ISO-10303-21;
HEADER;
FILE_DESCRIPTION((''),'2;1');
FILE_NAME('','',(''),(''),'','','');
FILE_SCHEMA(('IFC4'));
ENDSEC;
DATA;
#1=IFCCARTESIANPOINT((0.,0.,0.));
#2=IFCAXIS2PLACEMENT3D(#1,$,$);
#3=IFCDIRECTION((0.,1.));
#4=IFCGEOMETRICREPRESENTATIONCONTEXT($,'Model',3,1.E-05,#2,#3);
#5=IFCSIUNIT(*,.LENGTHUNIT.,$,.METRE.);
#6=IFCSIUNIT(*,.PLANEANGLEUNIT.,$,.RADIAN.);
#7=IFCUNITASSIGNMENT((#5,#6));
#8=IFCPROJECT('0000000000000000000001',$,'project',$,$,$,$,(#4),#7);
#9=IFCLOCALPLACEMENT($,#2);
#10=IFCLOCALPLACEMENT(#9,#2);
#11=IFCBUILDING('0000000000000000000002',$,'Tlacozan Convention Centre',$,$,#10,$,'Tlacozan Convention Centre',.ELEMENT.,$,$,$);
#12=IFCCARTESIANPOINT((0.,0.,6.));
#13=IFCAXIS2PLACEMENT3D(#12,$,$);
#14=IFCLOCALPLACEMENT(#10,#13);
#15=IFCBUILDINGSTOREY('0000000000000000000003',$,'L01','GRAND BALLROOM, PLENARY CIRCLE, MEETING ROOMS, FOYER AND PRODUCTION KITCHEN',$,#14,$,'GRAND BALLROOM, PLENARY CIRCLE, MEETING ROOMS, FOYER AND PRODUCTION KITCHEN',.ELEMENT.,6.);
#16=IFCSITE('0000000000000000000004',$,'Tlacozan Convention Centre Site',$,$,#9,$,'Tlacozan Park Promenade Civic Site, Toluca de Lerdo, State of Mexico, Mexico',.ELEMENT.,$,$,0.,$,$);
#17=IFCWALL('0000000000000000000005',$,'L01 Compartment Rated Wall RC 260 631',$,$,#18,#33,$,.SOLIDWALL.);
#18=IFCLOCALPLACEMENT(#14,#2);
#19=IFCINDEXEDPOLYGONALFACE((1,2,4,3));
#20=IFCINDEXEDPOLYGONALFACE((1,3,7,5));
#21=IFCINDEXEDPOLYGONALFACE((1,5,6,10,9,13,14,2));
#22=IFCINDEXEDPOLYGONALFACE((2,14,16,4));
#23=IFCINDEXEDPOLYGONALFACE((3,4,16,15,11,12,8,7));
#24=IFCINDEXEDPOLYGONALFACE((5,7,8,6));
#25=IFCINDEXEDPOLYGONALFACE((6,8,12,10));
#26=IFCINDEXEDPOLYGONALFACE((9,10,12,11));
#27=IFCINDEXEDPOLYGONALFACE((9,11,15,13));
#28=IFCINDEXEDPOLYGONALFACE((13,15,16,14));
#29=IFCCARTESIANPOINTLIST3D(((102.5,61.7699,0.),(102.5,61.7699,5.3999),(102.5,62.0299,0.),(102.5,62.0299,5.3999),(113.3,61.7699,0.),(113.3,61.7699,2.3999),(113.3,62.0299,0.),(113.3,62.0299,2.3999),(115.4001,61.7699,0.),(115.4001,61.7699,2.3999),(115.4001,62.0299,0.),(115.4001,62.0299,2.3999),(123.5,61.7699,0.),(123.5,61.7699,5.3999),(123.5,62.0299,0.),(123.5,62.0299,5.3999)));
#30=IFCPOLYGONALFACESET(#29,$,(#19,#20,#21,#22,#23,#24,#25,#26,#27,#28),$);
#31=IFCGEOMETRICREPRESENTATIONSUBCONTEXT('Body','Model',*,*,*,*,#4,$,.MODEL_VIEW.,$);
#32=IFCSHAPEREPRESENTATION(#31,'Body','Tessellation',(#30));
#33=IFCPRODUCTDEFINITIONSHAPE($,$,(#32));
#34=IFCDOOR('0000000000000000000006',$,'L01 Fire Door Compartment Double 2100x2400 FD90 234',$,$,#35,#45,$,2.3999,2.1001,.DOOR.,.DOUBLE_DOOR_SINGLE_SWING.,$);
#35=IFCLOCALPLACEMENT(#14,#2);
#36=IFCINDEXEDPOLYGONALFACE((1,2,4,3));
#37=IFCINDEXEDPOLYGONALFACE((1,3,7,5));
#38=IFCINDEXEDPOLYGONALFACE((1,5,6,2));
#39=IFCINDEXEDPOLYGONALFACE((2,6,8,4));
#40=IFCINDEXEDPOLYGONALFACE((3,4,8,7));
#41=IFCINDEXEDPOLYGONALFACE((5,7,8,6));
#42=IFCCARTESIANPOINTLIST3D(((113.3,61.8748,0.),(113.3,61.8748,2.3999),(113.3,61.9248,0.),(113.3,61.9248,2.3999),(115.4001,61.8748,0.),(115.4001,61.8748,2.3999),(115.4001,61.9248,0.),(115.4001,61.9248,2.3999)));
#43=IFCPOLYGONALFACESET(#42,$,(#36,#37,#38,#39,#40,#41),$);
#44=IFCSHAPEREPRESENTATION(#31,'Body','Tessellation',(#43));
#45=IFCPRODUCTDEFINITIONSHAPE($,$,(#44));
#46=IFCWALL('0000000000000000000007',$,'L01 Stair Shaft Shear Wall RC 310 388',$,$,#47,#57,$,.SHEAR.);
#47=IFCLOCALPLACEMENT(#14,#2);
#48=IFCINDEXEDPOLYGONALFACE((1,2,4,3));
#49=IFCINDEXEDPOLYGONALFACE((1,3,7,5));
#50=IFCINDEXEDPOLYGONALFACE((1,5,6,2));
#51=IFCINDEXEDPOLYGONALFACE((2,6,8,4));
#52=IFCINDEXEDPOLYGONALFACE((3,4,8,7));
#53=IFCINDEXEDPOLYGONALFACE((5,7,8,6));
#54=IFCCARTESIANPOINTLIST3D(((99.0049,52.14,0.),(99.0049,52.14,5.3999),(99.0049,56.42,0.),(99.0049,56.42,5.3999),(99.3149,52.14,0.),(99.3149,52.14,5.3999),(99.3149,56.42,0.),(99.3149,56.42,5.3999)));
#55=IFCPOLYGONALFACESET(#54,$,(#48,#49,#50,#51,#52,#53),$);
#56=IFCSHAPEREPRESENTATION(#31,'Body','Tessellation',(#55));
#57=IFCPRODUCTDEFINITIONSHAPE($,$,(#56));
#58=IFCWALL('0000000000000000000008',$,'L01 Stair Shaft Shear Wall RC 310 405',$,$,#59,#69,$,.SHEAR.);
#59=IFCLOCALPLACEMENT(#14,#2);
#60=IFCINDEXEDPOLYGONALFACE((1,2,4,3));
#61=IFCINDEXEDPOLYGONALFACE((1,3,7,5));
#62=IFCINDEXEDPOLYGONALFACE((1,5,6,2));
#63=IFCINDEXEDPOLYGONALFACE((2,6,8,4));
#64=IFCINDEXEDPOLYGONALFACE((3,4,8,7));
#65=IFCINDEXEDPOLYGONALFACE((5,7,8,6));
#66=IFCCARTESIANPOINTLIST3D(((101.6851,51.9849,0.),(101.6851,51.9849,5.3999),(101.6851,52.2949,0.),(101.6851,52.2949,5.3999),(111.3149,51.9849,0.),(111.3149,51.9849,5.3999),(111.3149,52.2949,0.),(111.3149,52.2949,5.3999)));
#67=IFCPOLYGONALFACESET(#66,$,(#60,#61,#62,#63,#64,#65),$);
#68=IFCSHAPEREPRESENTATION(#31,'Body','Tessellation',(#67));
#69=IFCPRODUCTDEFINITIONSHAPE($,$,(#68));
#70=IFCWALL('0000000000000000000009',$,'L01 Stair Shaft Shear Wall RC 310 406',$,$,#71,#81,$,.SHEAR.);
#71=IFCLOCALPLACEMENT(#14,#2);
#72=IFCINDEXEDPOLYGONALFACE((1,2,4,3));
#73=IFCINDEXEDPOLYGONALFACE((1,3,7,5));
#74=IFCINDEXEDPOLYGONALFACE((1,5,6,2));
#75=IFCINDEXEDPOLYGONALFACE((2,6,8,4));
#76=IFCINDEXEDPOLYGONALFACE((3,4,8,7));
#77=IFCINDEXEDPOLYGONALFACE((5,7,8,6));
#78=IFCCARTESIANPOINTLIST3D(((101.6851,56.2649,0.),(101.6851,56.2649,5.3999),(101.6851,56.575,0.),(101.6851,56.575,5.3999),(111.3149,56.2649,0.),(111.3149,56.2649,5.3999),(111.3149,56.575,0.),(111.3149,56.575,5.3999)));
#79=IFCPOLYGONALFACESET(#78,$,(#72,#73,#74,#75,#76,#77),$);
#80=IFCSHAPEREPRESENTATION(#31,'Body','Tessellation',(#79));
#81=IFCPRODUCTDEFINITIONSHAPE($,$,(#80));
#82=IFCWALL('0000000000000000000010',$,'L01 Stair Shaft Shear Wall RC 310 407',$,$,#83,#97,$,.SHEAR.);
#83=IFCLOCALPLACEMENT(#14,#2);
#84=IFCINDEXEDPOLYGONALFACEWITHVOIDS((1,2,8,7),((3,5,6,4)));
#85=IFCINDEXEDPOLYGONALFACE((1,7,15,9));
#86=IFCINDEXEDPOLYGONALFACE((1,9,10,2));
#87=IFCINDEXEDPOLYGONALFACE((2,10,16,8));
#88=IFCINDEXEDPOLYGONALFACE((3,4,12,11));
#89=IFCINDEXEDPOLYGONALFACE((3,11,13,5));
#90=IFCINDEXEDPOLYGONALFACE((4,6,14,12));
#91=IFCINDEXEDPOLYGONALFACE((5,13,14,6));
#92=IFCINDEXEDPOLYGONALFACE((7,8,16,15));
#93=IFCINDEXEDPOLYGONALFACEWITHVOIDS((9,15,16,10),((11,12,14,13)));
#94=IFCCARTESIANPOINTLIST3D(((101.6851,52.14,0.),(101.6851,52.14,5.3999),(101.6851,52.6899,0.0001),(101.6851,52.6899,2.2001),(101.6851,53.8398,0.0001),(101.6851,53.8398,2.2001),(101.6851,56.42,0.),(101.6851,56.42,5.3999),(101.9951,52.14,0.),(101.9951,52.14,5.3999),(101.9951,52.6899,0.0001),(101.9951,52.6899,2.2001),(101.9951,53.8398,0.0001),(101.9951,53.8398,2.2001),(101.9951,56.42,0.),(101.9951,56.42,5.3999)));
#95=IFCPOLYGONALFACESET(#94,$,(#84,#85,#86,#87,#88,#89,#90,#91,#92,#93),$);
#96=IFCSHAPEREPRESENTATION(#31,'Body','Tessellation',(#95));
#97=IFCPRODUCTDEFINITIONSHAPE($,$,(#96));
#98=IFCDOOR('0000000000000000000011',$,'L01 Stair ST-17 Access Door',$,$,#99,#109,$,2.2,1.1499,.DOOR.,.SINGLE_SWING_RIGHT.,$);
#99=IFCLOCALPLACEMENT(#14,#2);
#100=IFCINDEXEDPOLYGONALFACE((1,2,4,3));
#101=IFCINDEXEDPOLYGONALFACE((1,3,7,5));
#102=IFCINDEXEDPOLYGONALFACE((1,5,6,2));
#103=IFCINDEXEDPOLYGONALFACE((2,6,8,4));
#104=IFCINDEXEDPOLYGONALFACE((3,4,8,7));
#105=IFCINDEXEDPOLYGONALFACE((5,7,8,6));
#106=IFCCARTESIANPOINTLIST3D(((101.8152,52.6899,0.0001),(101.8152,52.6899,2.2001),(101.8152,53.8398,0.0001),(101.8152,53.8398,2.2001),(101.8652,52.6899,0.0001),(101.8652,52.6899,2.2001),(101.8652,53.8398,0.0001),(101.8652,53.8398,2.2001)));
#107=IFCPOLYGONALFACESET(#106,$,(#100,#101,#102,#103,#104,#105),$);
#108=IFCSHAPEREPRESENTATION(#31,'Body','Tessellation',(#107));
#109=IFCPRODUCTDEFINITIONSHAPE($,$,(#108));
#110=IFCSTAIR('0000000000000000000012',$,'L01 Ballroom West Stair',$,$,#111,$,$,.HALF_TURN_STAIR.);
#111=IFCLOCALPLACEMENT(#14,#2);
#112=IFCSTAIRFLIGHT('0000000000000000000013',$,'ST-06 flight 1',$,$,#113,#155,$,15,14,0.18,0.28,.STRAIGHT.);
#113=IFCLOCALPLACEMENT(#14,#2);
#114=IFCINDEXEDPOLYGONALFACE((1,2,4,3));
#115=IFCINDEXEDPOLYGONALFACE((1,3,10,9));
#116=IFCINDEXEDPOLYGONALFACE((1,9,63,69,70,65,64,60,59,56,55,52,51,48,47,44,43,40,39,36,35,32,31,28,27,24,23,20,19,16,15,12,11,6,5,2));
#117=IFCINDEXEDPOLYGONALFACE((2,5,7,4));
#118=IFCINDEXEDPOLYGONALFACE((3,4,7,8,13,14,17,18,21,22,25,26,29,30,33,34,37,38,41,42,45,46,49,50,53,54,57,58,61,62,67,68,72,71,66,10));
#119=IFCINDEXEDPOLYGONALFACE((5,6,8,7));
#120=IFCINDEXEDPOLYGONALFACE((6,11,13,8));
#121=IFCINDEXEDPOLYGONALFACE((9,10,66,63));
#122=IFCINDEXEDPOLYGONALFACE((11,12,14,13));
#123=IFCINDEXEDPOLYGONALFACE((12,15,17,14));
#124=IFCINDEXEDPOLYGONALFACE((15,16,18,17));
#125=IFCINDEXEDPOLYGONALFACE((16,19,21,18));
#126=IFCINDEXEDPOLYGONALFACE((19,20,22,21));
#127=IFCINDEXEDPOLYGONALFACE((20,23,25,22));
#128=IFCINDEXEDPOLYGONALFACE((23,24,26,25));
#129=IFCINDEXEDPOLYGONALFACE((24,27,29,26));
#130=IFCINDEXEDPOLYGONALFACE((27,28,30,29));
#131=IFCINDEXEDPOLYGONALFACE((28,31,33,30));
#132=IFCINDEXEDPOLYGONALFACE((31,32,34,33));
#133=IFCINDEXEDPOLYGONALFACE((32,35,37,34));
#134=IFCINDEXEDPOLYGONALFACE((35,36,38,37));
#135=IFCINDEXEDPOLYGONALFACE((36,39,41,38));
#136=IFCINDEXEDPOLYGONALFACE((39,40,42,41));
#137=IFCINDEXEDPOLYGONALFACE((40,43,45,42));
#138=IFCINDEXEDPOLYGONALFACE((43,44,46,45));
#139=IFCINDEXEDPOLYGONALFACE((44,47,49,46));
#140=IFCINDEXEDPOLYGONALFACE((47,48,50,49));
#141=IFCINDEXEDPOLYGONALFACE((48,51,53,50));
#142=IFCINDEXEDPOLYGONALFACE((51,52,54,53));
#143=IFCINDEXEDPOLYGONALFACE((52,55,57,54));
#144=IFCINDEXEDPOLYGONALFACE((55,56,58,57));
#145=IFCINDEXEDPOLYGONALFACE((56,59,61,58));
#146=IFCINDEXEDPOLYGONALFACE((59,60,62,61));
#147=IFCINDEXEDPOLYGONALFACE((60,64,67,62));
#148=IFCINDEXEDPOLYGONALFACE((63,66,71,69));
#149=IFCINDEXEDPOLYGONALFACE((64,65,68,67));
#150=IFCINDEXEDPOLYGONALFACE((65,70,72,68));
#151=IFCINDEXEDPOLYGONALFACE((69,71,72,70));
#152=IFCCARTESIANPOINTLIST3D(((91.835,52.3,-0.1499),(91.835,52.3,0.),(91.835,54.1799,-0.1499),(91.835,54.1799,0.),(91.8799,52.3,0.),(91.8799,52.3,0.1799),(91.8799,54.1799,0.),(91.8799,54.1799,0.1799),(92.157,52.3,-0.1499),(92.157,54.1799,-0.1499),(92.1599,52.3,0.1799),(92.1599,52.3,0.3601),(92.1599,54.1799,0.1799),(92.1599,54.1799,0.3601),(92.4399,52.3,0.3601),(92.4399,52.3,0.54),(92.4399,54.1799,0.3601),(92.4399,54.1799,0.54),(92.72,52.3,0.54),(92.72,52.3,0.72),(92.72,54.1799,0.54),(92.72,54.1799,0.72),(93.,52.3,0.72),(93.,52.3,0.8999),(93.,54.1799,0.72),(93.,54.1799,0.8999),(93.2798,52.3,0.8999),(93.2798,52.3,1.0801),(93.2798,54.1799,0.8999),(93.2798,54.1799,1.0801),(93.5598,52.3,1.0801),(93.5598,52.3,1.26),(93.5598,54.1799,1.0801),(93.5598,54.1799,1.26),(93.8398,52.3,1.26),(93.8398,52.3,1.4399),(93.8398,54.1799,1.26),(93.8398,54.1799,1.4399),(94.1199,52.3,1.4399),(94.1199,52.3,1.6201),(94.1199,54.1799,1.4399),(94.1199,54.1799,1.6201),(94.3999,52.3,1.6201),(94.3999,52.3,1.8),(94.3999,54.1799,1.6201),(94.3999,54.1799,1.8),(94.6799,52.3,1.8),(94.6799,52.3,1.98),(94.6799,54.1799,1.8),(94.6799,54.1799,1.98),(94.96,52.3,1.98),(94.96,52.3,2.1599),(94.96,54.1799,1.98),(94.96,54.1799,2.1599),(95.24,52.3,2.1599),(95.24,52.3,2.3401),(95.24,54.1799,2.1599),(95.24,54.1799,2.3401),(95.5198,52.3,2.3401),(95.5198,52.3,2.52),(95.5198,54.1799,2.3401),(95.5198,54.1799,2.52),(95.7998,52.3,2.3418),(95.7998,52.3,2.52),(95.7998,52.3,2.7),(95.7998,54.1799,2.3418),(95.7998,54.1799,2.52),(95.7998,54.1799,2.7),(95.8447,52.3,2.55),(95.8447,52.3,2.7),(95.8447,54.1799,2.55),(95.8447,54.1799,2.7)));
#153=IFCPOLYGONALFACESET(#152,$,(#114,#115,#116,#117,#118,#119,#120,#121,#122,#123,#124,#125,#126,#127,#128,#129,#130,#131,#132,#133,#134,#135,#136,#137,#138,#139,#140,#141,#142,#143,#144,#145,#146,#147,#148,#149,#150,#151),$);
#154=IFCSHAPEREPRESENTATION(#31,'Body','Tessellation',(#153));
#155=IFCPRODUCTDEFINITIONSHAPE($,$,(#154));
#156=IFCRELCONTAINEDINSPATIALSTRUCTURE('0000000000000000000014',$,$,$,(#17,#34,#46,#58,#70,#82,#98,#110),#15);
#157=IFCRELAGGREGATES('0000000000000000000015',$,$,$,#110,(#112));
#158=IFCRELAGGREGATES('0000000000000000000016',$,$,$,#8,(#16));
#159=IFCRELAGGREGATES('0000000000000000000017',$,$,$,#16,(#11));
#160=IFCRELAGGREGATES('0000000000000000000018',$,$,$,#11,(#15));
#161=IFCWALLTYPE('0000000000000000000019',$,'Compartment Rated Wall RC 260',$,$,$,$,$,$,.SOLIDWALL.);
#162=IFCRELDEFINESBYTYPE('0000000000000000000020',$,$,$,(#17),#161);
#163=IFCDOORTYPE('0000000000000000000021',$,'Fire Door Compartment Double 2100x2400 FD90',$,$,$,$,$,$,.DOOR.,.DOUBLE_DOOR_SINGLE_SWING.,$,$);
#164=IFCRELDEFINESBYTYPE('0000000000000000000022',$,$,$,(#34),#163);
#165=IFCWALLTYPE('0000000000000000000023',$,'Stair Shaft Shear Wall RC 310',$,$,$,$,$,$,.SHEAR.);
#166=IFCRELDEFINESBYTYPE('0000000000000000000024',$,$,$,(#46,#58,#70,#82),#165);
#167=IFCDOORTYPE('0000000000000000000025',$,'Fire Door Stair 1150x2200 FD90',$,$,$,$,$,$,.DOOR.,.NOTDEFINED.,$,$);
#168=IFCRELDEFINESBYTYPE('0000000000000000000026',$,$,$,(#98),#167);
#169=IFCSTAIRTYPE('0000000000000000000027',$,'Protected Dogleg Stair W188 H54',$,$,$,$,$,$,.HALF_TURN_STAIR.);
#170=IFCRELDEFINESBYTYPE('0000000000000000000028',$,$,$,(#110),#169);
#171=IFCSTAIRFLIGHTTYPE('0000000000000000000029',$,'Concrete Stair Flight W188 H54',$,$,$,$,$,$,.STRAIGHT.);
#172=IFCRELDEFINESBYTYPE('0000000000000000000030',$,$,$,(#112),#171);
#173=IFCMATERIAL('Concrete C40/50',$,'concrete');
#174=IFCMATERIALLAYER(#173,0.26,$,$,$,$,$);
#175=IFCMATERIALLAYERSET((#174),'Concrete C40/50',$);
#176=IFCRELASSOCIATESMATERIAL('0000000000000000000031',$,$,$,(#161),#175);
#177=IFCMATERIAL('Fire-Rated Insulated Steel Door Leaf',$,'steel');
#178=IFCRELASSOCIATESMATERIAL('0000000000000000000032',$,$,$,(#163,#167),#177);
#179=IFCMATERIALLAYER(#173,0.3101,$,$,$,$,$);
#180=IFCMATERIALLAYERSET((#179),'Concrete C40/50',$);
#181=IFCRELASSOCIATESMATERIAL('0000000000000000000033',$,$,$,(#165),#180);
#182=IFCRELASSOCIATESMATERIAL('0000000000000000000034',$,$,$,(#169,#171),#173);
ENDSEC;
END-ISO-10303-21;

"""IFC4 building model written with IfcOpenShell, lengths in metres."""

from ifc_helpers import new_model, si_unit, direction, frame, frame_2d, origin, place, context, subcontext, project, spatial, polyline, rectangle, outline, extrude, material, layer, layer_set, type_object, element, fill, aggregate, save


model = new_model("IFC4")

# Units and contexts
model_context = context("Model", 3, precision=1e-05, world=origin(), true_north=direction((0.0, 1.0)))
body_context = subcontext(model_context, "Body", "Model", "MODEL_VIEW")
ifc_project = project(units=[si_unit("LENGTHUNIT", "METRE"), si_unit("PLANEANGLEUNIT", "RADIAN")], contexts=[model_context])

# Site, building, storey
site_placement = place(None, origin())
site = spatial("IfcSite", under=ifc_project, at=site_placement, Name="Tlacozan Convention Centre Site", LongName="Tlacozan Park Promenade Civic Site, Toluca de Lerdo, State of Mexico, Mexico", CompositionType="ELEMENT", RefElevation=0.0)
building_placement = place(site_placement, origin())
building = spatial("IfcBuilding", under=site, at=building_placement, Name="Tlacozan Convention Centre", LongName="Tlacozan Convention Centre", CompositionType="ELEMENT")
storey_placement = place(building_placement, frame((0.0, 0.0, 6.0)))
storey = spatial("IfcBuildingStorey", under=building, at=storey_placement, Name="L01", Description="GRAND BALLROOM, PLENARY CIRCLE, MEETING ROOMS, FOYER AND PRODUCTION KITCHEN", LongName="GRAND BALLROOM, PLENARY CIRCLE, MEETING ROOMS, FOYER AND PRODUCTION KITCHEN", CompositionType="ELEMENT", Elevation=6.0)

# Wall, opening, door
ifc_material_1 = material(Name="Concrete C40/50", Category="concrete")
ifc_layer_1 = layer(ifc_material_1, 0.26)
ifc_layer_set_1 = layer_set([ifc_layer_1], Name="Concrete C40/50")
wall_type_1 = type_object("IfcWallType", Name="Compartment Rated Wall RC 260", PredefinedType="SOLIDWALL", material=ifc_layer_set_1)
wall_1_placement = place(storey_placement, frame((102.5, 61.8999, 0.0), z_axis=(0.0, 0.0, 1.0), x_axis=(1.0, 0.0, 0.0)))
wall_1 = element("IfcWall", 1, at=wall_1_placement, inside=storey, type_object=wall_type_1, Name="L01 Compartment Rated Wall RC 260 631", PredefinedType="SOLIDWALL", context=body_context, shape_type="SweptSolid", body=[
    extrude(rectangle(XDim=21.0, YDim=0.26, at=frame_2d((10.5, 0.0))), origin(), (0.0, 0.0, 1.0), 5.3999),
])
opening_1_placement = place(wall_1_placement, frame((10.8, 0.0, 0.0)))
opening_1 = element("IfcOpeningElement", 2, at=opening_1_placement, cuts=wall_1, PredefinedType="OPENING", context=body_context, shape_type="SweptSolid", body=[
    extrude(rectangle(XDim=2.1001, YDim=2.3999, at=frame_2d((1.05, 1.2))), frame((0.0, 0.1399, 0.0), z_axis=(0.0, -1.0, 0.0), x_axis=(1.0, 0.0, 0.0)), (0.0, 0.0, 1.0), 0.28),
])
ifc_material_2 = material(Name="Fire-Rated Insulated Steel Door Leaf", Category="steel")
door_type_1 = type_object("IfcDoorType", Name="Fire Door Compartment Double 2100x2400 FD90", OperationType="DOUBLE_DOOR_SINGLE_SWING", PredefinedType="DOOR", material=ifc_material_2)
door_1_placement = place(opening_1_placement, origin())
door_1 = element("IfcDoor", 3, at=door_1_placement, inside=storey, type_object=door_type_1, Name="L01 Fire Door Compartment Double 2100x2400 FD90 234", OperationType="DOUBLE_DOOR_SINGLE_SWING", OverallHeight=2.3999, OverallWidth=2.1001, PredefinedType="DOOR", context=body_context, shape_type="SweptSolid", body=[
    extrude(rectangle(XDim=2.1001, YDim=2.3999, at=frame_2d((1.05, 1.2))), frame((0.0, 0.0249, 0.0), z_axis=(0.0, -1.0, 0.0), x_axis=(1.0, 0.0, 0.0)), (0.0, 0.0, 1.0), 0.05),
])
fill(opening_1, door_1)

# Walls
ifc_layer_2 = layer(ifc_material_1, 0.3101)
ifc_layer_set_2 = layer_set([ifc_layer_2], Name="Concrete C40/50")
wall_type_2 = type_object("IfcWallType", Name="Stair Shaft Shear Wall RC 310", PredefinedType="SHEAR", material=ifc_layer_set_2)
wall_2_placement = place(storey_placement, frame((99.1599, 52.1399, 0.0), z_axis=(0.0, 0.0, 1.0), x_axis=(0.0, 1.0, 0.0)))
element("IfcWall", 4, at=wall_2_placement, inside=storey, type_object=wall_type_2, Name="L01 Stair Shaft Shear Wall RC 310 388", PredefinedType="SHEAR", context=body_context, shape_type="SweptSolid", body=[
    extrude(rectangle(XDim=4.28, YDim=0.3101, at=frame_2d((2.1401, 0.0))), origin(), (0.0, 0.0, 1.0), 5.3999),
])
for number, where, z_axis, x_axis, name in (
    (5, (101.6851, 52.1399, 0.0), (0.0, 0.0, 1.0), (1.0, 0.0, 0.0), "L01 Stair Shaft Shear Wall RC 310 405"),
    (6, (101.6851, 56.4199, 0.0), (0.0, 0.0, 1.0), (1.0, 0.0, 0.0), "L01 Stair Shaft Shear Wall RC 310 406"),
):
    element("IfcWall", number, at=place(storey_placement, frame(where, z_axis=z_axis, x_axis=x_axis)), inside=storey, type_object=wall_type_2, Name=name, PredefinedType="SHEAR", context=body_context, shape_type="SweptSolid", body=[
        extrude(rectangle(XDim=9.6299, YDim=0.3101, at=frame_2d((4.8149, 0.0))), origin(), (0.0, 0.0, 1.0), 5.3999),
    ])

# Wall, opening, door
wall_3_placement = place(storey_placement, frame((101.8401, 52.1399, 0.0), z_axis=(0.0, 0.0, 1.0), x_axis=(0.0, 1.0, 0.0)))
wall_3 = element("IfcWall", 7, at=wall_3_placement, inside=storey, type_object=wall_type_2, Name="L01 Stair Shaft Shear Wall RC 310 407", PredefinedType="SHEAR", context=body_context, shape_type="SweptSolid", body=[
    extrude(rectangle(XDim=4.28, YDim=0.3101, at=frame_2d((2.1401, 0.0))), origin(), (0.0, 0.0, 1.0), 5.3999),
])
opening_2_placement = place(wall_3_placement, frame((0.55, 0.0, 0.0)))
opening_2 = element("IfcOpeningElement", 8, at=opening_2_placement, cuts=wall_3, PredefinedType="OPENING", context=body_context, shape_type="SweptSolid", body=[
    extrude(rectangle(XDim=1.1499, YDim=2.2, at=frame_2d((0.575, 1.1001))), frame((0.0, 0.165, 0.0), z_axis=(0.0, -1.0, 0.0), x_axis=(1.0, 0.0, 0.0)), (0.0, 0.0, 1.0), 0.3301),
])
door_type_2 = type_object("IfcDoorType", Name="Fire Door Stair 1150x2200 FD90", OperationType="NOTDEFINED", PredefinedType="DOOR", material=ifc_material_2)
door_2_placement = place(opening_2_placement, origin())
door_2 = element("IfcDoor", 9, at=door_2_placement, inside=storey, type_object=door_type_2, Name="L01 Stair ST-17 Access Door", OperationType="SINGLE_SWING_RIGHT", OverallHeight=2.2, OverallWidth=1.1499, PredefinedType="DOOR", context=body_context, shape_type="SweptSolid", body=[
    extrude(rectangle(XDim=1.1499, YDim=2.2, at=frame_2d((0.575, 1.1001))), frame((0.0, 0.0249, 0.0), z_axis=(0.0, -1.0, 0.0), x_axis=(1.0, 0.0, 0.0)), (0.0, 0.0, 1.0), 0.05),
])
fill(opening_2, door_2)

# Stair, stair flight
stair_type = type_object("IfcStairType", Name="Protected Dogleg Stair W188 H54", PredefinedType="HALF_TURN_STAIR", material=ifc_material_1)
stair_1_placement = place(storey_placement, origin())
stair_1 = element("IfcStair", 10, at=stair_1_placement, inside=storey, type_object=stair_type, Name="L01 Ballroom West Stair", PredefinedType="HALF_TURN_STAIR")
stair_flight_type = type_object("IfcStairFlightType", Name="Concrete Stair Flight W188 H54", PredefinedType="STRAIGHT", material=ifc_material_1)
stair_flight_1_placement = place(storey_placement, frame((91.8799, 53.24, 0.0), z_axis=(0.0, 0.0, 1.0), x_axis=(1.0, 0.0, 0.0)))
stair_flight_1 = element("IfcStairFlight", 11, at=stair_flight_1_placement, type_object=stair_flight_type, Name="ST-06 flight 1", NumberOfRisers=15, NumberOfTreads=14, PredefinedType="STRAIGHT", RiserHeight=0.18, TreadLength=0.28, context=body_context, shape_type="SweptSolid", body=[
    extrude(outline(polyline([(-0.0449, -0.1499), (-0.0449, 0.0), (0.0, 0.0), (0.0, 0.1799), (0.28, 0.1799), (0.28, 0.3601), (0.5601, 0.3601), (0.5601, 0.54), (0.8401, 0.54), (0.8401, 0.72), (1.1201, 0.72), (1.1201, 0.8999), (1.3999, 0.8999), (1.3999, 1.0801), (1.6799, 1.0801), (1.6799, 1.26), (1.96, 1.26), (1.96, 1.4399), (2.24, 1.4399), (2.24, 1.6201), (2.52, 1.6201), (2.52, 1.8), (2.8, 1.8), (2.8, 1.98), (3.0801, 1.98), (3.0801, 2.1599), (3.3601, 2.1599), (3.3601, 2.3401), (3.6399, 2.3401), (3.6399, 2.52), (3.9199, 2.52), (3.9199, 2.7), (3.9648, 2.7), (3.9648, 2.55), (3.9199, 2.3418), (0.2771, -0.1499), (-0.0449, -0.1499)])), frame((0.0, 0.9399, 0.0), z_axis=(0.0, -1.0, 0.0), x_axis=(1.0, 0.0, 0.0)), (0.0, 0.0, 1.0), 1.8799),
])
aggregate(stair_1, [stair_flight_1])

save(model, "model.ifc")
